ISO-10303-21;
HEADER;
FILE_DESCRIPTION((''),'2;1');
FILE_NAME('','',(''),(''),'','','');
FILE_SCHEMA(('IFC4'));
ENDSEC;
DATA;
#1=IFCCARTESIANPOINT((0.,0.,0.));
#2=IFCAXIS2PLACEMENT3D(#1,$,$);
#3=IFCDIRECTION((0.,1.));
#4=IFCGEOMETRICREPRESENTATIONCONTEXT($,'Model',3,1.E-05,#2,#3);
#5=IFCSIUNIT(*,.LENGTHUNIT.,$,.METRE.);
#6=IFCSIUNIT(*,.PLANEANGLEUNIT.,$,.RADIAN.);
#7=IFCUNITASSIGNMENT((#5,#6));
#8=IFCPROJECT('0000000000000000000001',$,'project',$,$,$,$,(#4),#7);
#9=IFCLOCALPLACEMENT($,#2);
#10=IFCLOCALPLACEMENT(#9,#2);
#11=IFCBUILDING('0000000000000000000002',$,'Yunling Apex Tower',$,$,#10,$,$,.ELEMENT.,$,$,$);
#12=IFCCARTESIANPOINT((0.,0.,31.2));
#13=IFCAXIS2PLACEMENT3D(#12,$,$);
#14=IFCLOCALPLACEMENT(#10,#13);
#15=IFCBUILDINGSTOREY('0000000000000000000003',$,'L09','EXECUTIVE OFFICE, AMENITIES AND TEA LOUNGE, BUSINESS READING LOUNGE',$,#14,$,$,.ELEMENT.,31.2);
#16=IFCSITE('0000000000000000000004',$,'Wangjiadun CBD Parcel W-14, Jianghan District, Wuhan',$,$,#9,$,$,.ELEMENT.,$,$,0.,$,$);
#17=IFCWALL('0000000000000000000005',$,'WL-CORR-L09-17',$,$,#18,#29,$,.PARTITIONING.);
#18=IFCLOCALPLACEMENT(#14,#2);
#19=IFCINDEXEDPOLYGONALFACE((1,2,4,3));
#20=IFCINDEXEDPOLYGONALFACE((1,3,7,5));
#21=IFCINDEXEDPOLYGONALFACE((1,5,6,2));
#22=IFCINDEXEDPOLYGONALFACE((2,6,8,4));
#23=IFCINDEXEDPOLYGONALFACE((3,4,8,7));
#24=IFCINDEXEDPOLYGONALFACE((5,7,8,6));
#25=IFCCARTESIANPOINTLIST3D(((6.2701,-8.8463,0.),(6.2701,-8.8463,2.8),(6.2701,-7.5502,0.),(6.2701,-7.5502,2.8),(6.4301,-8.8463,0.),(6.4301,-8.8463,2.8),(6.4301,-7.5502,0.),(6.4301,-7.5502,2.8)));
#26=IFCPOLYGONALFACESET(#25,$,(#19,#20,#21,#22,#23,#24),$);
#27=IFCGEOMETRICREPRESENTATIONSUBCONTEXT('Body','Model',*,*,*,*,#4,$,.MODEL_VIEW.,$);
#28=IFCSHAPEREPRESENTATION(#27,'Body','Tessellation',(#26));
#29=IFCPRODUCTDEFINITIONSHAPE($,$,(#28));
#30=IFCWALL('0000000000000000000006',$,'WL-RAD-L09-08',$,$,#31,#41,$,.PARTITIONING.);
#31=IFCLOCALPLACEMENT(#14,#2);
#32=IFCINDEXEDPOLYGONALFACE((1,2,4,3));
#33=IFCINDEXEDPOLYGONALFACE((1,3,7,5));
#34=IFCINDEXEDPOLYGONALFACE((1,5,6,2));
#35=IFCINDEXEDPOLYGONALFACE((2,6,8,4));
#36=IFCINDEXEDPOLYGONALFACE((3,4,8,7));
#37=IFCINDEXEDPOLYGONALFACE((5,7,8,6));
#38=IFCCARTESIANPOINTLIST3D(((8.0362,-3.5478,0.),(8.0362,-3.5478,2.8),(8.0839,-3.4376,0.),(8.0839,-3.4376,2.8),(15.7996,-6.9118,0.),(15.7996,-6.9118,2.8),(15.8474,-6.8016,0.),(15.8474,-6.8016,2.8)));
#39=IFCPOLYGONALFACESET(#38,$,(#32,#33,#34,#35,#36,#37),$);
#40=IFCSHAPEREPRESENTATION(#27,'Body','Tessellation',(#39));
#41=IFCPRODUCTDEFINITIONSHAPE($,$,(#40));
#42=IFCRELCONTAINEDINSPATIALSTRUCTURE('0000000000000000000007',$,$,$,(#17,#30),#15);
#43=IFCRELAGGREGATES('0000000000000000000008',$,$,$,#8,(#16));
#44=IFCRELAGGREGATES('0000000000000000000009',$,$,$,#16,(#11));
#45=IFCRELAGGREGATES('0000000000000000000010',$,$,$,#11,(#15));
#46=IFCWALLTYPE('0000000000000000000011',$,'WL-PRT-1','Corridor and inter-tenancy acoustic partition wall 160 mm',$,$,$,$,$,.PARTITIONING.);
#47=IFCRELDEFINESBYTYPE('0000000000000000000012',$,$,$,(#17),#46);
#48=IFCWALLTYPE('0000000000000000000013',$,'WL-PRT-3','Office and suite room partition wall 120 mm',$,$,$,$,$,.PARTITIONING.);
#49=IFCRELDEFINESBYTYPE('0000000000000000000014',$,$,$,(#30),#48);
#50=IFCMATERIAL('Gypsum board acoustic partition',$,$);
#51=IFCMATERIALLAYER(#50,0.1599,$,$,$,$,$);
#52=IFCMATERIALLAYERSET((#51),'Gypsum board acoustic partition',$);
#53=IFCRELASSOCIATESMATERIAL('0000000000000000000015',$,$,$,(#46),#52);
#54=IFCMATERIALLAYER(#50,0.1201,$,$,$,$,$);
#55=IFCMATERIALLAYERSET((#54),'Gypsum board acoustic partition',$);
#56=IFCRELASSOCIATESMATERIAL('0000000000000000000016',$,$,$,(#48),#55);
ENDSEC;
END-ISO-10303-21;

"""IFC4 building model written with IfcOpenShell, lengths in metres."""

from ifc_helpers import new_model, si_unit, direction, frame, frame_2d, origin, place, context, subcontext, project, spatial, rectangle, extrude, material, layer, layer_set, type_object, element, save


model = new_model("IFC4")

# Units and contexts
model_context = context("Model", 3, precision=1e-05, world=origin(), true_north=direction((0.0, 1.0)))
body_context = subcontext(model_context, "Body", "Model", "MODEL_VIEW")
ifc_project = project(units=[si_unit("LENGTHUNIT", "METRE"), si_unit("PLANEANGLEUNIT", "RADIAN")], contexts=[model_context])

# Site, building, storey
site_placement = place(None, origin())
site = spatial("IfcSite", under=ifc_project, at=site_placement, Name="Wangjiadun CBD Parcel W-14, Jianghan District, Wuhan", CompositionType="ELEMENT", RefElevation=0.0)
building_placement = place(site_placement, origin())
building = spatial("IfcBuilding", under=site, at=building_placement, Name="Yunling Apex Tower", CompositionType="ELEMENT")
storey_placement = place(building_placement, frame((0.0, 0.0, 31.2)))
storey = spatial("IfcBuildingStorey", under=building, at=storey_placement, Name="L09", Description="EXECUTIVE OFFICE, AMENITIES AND TEA LOUNGE, BUSINESS READING LOUNGE", CompositionType="ELEMENT", Elevation=31.2)

# Shared definitions
ifc_material_1 = material(Name="Gypsum board acoustic partition")
ifc_layer_1 = layer(ifc_material_1, 0.1599)
ifc_layer_set_1 = layer_set([ifc_layer_1], Name="Gypsum board acoustic partition")
wall_type_1 = type_object("IfcWallType", Name="WL-PRT-1", Description="Corridor and inter-tenancy acoustic partition wall 160 mm", PredefinedType="PARTITIONING", material=ifc_layer_set_1)

# Walls
wall_1_placement = place(storey_placement, frame((6.3501, -8.8462, 0.0), z_axis=(0.0, 0.0, 1.0), x_axis=(0.0, 1.0, 0.0)))
element("IfcWall", 1, at=wall_1_placement, inside=storey, type_object=wall_type_1, Name="WL-CORR-L09-17", PredefinedType="PARTITIONING", context=body_context, shape_type="SweptSolid", body=[
    extrude(rectangle(XDim=1.2961, YDim=0.1599, at=frame_2d((0.6479, 0.0))), origin(), (0.0, 0.0, 1.0), 2.8),
])
ifc_layer_2 = layer(ifc_material_1, 0.1201)
ifc_layer_set_2 = layer_set([ifc_layer_2], Name="Gypsum board acoustic partition")
wall_type_2 = type_object("IfcWallType", Name="WL-PRT-3", Description="Office and suite room partition wall 120 mm", PredefinedType="PARTITIONING", material=ifc_layer_set_2)
wall_2_placement = place(storey_placement, frame((8.0601, -3.4927, 0.0), z_axis=(0.0, 0.0, 1.0), x_axis=(0.917562, -0.397594, 0.0)))
element("IfcWall", 2, at=wall_2_placement, inside=storey, type_object=wall_type_2, Name="WL-RAD-L09-08", PredefinedType="PARTITIONING", context=body_context, shape_type="SweptSolid", body=[
    extrude(rectangle(XDim=8.4609, YDim=0.1201, at=frame_2d((4.2305, 0.0))), origin(), (0.0, 0.0, 1.0), 2.8),
])

save(model, "model.ifc")
